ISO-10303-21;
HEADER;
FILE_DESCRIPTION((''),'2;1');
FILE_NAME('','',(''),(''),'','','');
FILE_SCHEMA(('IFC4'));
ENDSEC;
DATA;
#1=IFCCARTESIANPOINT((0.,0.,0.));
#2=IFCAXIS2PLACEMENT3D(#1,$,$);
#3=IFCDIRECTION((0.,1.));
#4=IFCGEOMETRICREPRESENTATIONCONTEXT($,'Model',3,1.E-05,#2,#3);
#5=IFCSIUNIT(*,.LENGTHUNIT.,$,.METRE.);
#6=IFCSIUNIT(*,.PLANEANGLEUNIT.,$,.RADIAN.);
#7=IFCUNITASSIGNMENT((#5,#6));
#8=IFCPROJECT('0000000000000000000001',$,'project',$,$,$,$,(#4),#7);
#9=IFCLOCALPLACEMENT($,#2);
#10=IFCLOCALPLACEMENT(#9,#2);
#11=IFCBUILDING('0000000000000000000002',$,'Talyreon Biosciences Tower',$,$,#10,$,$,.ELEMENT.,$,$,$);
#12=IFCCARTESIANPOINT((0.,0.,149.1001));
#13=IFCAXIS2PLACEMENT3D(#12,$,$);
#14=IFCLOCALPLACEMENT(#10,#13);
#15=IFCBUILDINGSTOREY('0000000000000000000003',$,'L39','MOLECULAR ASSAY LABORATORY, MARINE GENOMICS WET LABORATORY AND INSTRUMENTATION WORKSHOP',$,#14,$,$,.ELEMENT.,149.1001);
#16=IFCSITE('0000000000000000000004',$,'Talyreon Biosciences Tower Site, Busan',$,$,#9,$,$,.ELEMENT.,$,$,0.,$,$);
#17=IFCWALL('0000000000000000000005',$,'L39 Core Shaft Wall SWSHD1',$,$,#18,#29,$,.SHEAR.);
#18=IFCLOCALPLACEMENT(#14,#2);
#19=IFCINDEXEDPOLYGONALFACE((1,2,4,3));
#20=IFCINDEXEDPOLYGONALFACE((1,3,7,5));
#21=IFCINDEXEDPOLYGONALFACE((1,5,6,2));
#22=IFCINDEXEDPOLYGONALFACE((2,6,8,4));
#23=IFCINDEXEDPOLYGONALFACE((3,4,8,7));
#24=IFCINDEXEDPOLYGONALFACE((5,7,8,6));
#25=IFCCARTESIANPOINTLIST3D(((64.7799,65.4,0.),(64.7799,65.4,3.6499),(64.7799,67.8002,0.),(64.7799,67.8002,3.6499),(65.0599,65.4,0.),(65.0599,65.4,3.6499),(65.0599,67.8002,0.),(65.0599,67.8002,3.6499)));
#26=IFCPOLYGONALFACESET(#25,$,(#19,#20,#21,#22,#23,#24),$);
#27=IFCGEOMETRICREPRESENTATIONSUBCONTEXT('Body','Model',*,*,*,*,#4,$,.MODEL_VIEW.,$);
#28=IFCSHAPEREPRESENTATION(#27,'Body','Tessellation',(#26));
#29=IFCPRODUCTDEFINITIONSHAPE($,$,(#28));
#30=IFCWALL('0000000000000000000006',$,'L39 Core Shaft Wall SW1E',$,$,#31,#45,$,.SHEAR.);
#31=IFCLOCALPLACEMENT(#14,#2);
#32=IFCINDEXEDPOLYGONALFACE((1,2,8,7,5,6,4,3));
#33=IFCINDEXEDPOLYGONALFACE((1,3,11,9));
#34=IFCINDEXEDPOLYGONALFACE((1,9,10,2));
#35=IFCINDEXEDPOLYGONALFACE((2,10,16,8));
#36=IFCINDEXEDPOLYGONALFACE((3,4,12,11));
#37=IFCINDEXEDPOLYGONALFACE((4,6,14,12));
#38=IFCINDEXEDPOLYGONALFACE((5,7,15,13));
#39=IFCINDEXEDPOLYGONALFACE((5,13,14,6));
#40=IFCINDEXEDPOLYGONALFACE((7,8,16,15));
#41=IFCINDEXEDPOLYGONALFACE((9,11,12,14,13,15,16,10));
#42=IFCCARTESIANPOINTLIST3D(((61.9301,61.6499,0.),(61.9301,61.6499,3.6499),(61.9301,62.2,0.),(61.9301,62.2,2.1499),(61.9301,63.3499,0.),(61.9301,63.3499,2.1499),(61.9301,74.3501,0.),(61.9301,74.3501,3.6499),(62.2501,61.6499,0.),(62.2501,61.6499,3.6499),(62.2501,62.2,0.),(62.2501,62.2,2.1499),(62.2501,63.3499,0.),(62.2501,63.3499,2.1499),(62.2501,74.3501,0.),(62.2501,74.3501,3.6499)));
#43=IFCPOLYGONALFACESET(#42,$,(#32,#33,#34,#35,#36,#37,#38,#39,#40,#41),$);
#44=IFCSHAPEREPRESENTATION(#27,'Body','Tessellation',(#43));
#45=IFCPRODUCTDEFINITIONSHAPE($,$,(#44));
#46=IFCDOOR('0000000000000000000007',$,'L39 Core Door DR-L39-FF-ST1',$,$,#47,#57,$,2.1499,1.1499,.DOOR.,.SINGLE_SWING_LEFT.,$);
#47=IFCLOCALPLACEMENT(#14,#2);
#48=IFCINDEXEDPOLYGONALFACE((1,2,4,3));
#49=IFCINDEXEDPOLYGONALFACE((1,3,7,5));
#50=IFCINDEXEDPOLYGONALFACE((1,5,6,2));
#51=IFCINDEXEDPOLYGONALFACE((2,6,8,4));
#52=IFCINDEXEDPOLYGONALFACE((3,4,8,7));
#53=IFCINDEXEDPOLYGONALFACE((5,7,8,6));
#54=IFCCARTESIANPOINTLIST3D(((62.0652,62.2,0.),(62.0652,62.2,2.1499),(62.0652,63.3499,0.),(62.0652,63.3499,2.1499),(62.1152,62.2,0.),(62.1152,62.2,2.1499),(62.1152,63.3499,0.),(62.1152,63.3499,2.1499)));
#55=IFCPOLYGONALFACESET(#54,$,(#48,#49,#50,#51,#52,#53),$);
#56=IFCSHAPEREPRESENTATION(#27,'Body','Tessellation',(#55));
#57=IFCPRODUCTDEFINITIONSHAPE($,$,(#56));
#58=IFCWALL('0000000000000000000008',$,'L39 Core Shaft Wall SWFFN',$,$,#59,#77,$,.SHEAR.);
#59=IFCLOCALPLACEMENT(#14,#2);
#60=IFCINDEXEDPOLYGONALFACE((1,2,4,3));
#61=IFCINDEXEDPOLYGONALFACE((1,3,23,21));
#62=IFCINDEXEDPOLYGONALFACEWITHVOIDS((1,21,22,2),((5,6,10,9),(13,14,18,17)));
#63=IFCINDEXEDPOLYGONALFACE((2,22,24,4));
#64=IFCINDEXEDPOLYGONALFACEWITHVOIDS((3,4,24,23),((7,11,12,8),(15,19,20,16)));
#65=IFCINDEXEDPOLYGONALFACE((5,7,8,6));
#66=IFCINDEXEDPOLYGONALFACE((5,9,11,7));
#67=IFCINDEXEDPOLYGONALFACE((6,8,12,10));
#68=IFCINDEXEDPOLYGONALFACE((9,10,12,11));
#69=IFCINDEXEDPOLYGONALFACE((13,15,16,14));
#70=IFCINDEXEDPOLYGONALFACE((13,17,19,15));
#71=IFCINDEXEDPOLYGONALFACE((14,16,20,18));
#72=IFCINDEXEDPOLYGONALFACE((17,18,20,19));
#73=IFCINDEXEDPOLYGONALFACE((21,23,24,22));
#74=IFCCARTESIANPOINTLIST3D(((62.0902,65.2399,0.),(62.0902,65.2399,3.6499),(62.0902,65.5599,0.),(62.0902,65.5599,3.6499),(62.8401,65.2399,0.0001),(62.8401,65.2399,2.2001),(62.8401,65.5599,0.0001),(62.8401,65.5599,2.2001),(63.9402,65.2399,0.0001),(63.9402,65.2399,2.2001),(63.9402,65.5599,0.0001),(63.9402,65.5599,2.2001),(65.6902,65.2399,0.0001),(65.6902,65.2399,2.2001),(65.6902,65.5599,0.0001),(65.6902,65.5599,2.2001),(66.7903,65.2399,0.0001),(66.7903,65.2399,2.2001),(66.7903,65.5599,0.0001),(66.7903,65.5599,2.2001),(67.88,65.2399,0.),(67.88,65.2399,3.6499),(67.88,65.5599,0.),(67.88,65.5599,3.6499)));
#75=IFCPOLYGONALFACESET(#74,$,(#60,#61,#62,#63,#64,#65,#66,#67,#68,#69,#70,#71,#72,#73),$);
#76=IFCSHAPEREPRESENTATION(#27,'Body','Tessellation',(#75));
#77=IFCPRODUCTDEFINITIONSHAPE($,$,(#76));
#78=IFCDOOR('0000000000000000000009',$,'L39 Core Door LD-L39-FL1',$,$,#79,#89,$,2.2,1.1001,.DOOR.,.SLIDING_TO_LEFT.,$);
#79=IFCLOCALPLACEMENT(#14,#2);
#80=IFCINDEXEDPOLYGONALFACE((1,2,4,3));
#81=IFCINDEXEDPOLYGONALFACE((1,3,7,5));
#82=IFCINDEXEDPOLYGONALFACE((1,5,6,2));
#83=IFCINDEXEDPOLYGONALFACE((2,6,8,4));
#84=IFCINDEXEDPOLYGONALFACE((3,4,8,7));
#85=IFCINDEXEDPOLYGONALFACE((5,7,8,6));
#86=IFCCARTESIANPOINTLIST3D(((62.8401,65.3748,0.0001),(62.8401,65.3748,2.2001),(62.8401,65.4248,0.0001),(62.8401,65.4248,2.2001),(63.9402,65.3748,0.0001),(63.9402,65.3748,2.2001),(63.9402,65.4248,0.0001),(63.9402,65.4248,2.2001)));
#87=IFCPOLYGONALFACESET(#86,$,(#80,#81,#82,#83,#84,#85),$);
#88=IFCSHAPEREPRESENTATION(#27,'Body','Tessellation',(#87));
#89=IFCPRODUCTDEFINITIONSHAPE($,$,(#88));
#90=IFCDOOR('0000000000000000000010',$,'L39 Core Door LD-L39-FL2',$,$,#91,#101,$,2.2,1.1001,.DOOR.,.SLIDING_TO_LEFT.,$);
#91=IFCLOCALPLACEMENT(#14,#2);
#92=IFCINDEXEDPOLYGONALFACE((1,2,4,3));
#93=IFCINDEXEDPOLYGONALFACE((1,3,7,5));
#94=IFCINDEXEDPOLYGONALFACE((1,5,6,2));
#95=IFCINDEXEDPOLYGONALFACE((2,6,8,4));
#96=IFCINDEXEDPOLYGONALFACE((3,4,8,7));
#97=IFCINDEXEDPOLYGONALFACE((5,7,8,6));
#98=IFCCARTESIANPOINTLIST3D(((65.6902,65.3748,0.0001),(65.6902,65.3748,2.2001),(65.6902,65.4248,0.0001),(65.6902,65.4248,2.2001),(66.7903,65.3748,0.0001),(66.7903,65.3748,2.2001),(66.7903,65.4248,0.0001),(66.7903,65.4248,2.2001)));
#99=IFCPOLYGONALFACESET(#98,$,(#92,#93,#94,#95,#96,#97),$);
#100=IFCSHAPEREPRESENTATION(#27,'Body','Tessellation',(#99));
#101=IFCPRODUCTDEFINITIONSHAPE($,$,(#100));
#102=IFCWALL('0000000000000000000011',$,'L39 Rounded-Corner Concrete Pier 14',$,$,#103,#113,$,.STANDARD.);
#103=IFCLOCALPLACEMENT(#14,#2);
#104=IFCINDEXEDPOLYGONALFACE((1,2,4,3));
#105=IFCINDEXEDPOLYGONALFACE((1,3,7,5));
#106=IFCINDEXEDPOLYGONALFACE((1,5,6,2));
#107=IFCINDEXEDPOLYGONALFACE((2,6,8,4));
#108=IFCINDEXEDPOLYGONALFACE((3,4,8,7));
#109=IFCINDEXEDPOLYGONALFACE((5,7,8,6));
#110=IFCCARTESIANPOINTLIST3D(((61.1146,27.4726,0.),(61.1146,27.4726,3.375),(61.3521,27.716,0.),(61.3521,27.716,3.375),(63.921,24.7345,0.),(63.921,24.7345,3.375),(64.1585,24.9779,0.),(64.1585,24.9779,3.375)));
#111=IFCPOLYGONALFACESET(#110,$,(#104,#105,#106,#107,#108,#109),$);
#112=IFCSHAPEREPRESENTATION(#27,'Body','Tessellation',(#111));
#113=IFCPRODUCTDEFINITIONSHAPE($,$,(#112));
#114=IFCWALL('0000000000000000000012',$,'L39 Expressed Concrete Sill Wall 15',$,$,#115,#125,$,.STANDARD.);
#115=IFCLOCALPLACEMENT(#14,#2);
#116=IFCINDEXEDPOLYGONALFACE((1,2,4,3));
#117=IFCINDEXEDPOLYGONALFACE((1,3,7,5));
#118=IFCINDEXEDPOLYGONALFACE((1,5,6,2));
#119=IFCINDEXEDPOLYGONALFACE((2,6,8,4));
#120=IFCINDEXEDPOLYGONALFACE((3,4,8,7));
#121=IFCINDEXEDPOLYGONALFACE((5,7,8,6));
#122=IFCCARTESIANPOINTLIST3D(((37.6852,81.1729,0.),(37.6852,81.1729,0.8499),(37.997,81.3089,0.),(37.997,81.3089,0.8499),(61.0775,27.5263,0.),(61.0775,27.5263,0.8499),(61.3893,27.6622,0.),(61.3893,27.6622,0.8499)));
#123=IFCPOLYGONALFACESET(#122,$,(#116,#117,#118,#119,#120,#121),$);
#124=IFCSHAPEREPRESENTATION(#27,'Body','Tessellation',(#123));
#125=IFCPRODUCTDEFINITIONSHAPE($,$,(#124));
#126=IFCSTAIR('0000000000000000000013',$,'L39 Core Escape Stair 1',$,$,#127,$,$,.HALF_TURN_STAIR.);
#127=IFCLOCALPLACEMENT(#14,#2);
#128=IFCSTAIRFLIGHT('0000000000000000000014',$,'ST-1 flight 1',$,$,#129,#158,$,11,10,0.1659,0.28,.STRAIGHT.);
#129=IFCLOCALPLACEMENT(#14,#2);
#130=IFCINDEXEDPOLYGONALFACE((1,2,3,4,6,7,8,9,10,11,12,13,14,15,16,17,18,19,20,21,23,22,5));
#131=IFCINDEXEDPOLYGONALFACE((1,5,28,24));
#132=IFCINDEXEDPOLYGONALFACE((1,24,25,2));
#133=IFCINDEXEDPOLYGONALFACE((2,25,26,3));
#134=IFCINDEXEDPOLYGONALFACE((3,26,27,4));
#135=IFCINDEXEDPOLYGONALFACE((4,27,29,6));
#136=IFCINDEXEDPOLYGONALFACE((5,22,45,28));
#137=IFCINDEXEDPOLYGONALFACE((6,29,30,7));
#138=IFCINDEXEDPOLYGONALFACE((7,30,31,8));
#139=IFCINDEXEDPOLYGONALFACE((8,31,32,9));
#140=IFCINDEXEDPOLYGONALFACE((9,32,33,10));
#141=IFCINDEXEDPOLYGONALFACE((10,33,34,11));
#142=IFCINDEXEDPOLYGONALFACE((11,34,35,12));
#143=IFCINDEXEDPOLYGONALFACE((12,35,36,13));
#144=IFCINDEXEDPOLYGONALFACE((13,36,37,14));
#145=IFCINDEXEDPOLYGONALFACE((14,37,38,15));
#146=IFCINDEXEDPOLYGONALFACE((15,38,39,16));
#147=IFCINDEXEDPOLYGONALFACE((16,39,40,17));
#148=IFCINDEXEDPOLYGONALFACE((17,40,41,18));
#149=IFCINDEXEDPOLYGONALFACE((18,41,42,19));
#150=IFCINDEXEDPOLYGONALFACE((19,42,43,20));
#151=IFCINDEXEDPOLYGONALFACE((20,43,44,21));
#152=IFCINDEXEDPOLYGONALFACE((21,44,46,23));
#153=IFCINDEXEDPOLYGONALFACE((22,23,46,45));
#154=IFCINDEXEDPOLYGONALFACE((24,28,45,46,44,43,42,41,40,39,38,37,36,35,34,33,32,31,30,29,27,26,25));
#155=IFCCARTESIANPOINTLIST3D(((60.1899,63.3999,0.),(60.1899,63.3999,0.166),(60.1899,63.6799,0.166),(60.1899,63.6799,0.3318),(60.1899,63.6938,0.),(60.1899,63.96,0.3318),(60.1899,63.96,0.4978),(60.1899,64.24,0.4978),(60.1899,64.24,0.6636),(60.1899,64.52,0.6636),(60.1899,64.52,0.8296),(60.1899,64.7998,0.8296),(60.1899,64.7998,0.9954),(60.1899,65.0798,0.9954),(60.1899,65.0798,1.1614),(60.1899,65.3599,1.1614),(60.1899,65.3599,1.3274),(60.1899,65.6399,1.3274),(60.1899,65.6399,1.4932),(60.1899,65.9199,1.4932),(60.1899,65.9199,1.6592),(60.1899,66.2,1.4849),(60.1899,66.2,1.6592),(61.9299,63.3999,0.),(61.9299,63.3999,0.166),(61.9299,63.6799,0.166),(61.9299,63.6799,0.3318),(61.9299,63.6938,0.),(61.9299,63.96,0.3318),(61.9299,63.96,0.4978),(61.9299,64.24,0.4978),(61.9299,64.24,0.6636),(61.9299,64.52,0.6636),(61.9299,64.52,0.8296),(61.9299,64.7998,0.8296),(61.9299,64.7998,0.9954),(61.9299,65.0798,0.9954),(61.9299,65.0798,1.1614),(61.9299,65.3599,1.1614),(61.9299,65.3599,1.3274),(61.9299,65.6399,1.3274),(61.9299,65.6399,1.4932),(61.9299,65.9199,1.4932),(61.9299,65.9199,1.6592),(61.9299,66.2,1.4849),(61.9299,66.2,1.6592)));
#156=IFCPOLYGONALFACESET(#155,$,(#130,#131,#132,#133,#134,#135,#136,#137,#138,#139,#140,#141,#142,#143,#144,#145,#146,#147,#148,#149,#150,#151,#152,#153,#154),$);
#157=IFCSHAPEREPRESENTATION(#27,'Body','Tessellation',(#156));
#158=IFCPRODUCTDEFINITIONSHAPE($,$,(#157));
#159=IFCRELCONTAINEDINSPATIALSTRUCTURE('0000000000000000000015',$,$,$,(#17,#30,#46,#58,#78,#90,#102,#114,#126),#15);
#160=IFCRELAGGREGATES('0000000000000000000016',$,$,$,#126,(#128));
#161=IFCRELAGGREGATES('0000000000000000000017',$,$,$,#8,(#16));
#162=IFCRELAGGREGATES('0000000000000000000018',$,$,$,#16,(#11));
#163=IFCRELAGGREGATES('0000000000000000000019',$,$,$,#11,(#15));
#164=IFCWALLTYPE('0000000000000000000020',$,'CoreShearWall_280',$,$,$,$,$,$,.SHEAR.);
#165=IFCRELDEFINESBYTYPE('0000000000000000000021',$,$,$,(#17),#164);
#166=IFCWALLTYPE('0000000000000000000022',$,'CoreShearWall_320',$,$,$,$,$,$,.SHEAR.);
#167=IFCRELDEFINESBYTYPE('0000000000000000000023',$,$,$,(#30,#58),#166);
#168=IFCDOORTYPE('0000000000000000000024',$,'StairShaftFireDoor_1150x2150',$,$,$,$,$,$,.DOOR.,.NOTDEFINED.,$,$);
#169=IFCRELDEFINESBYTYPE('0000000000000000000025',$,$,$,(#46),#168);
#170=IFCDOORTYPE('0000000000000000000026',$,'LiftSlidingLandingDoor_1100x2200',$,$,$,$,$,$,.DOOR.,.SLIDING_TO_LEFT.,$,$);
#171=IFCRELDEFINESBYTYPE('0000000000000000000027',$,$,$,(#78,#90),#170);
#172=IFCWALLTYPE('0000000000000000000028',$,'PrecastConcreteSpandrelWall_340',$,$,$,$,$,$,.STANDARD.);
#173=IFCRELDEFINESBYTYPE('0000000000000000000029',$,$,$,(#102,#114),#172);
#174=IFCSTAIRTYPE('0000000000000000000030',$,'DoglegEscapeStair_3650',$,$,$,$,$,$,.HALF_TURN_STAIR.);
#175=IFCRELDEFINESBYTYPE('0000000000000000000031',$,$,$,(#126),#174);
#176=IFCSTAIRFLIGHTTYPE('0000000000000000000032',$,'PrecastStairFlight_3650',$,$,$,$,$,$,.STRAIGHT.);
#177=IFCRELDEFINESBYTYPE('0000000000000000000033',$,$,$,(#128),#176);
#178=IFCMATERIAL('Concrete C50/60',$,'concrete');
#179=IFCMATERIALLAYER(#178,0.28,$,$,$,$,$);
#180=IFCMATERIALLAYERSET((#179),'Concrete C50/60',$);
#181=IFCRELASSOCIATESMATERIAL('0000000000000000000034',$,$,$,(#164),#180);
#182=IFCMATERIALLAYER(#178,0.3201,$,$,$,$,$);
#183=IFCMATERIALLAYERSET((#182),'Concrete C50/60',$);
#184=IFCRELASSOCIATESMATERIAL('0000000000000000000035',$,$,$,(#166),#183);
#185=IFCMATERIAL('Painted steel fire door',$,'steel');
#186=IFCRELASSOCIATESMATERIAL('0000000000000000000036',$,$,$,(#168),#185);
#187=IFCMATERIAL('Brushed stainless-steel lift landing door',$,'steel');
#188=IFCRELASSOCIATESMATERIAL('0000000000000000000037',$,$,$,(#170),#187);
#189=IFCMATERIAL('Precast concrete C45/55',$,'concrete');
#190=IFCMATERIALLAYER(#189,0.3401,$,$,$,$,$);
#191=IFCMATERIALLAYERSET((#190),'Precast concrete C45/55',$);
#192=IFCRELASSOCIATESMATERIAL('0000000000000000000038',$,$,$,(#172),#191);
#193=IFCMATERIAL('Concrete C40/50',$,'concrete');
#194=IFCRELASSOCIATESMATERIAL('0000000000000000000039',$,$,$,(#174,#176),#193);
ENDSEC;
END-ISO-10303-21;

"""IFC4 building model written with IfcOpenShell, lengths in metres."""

from ifc_helpers import new_model, si_unit, direction, frame, frame_2d, origin, place, context, subcontext, project, spatial, polyline, rectangle, outline, extrude, material, layer, layer_set, type_object, element, fill, aggregate, save


model = new_model("IFC4")

# Units and contexts
model_context = context("Model", 3, precision=1e-05, world=origin(), true_north=direction((0.0, 1.0)))
body_context = subcontext(model_context, "Body", "Model", "MODEL_VIEW")
ifc_project = project(units=[si_unit("LENGTHUNIT", "METRE"), si_unit("PLANEANGLEUNIT", "RADIAN")], contexts=[model_context])

# Site, building, storey
site_placement = place(None, origin())
site = spatial("IfcSite", under=ifc_project, at=site_placement, Name="Talyreon Biosciences Tower Site, Busan", CompositionType="ELEMENT", RefElevation=0.0)
building_placement = place(site_placement, origin())
building = spatial("IfcBuilding", under=site, at=building_placement, Name="Talyreon Biosciences Tower", CompositionType="ELEMENT")
storey_placement = place(building_placement, frame((0.0, 0.0, 149.1001)))
storey = spatial("IfcBuildingStorey", under=building, at=storey_placement, Name="L39", Description="MOLECULAR ASSAY LABORATORY, MARINE GENOMICS WET LABORATORY AND INSTRUMENTATION WORKSHOP", CompositionType="ELEMENT", Elevation=149.1001)

# Shared definitions
ifc_material_1 = material(Name="Concrete C50/60", Category="concrete")

# Shared definitions
ifc_material_2 = material(Name="Precast concrete C45/55", Category="concrete")

# Wall
ifc_layer_1 = layer(ifc_material_1, 0.28)
ifc_layer_set_1 = layer_set([ifc_layer_1], Name="Concrete C50/60")
wall_type_1 = type_object("IfcWallType", Name="CoreShearWall_280", PredefinedType="SHEAR", material=ifc_layer_set_1)
wall_1_placement = place(storey_placement, frame((64.9199, 65.3999, 0.0), z_axis=(0.0, 0.0, 1.0), x_axis=(0.0, 1.0, 0.0)))
element("IfcWall", 1, at=wall_1_placement, inside=storey, type_object=wall_type_1, Name="L39 Core Shaft Wall SWSHD1", PredefinedType="SHEAR", context=body_context, shape_type="SweptSolid", body=[
    extrude(rectangle(XDim=2.4001, YDim=0.28, at=frame_2d((1.2002, 0.0))), origin(), (0.0, 0.0, 1.0), 3.6499),
])

# Wall, opening, door
ifc_layer_2 = layer(ifc_material_1, 0.3201)
ifc_layer_set_2 = layer_set([ifc_layer_2], Name="Concrete C50/60")
wall_type_2 = type_object("IfcWallType", Name="CoreShearWall_320", PredefinedType="SHEAR", material=ifc_layer_set_2)
wall_2_placement = place(storey_placement, frame((62.0901, 61.6499, 0.0), z_axis=(0.0, 0.0, 1.0), x_axis=(0.0, 1.0, 0.0)))
wall_2 = element("IfcWall", 2, at=wall_2_placement, inside=storey, type_object=wall_type_2, Name="L39 Core Shaft Wall SW1E", PredefinedType="SHEAR", context=body_context, shape_type="SweptSolid", body=[
    extrude(rectangle(XDim=12.7002, YDim=0.3201, at=frame_2d((6.3501, 0.0))), origin(), (0.0, 0.0, 1.0), 3.6499),
])
opening_1_placement = place(wall_2_placement, frame((0.55, 0.0, 0.0)))
opening_1 = element("IfcOpeningElement", 3, at=opening_1_placement, cuts=wall_2, PredefinedType="OPENING", context=body_context, shape_type="SweptSolid", body=[
    extrude(rectangle(XDim=1.1499, YDim=2.1499, at=frame_2d((0.575, 1.075))), frame((0.0, 0.1699, 0.0), z_axis=(0.0, -1.0, 0.0), x_axis=(1.0, 0.0, 0.0)), (0.0, 0.0, 1.0), 0.3401),
])
ifc_material_3 = material(Name="Painted steel fire door", Category="steel")
door_type_1 = type_object("IfcDoorType", Name="StairShaftFireDoor_1150x2150", OperationType="NOTDEFINED", PredefinedType="DOOR", material=ifc_material_3)
door_1_placement = place(opening_1_placement, origin())
door_1 = element("IfcDoor", 4, at=door_1_placement, inside=storey, type_object=door_type_1, Name="L39 Core Door DR-L39-FF-ST1", OperationType="SINGLE_SWING_LEFT", OverallHeight=2.1499, OverallWidth=1.1499, PredefinedType="DOOR", context=body_context, shape_type="SweptSolid", body=[
    extrude(rectangle(XDim=1.1499, YDim=2.1499, at=frame_2d((0.575, 1.075))), frame((0.0, 0.0249, 0.0), z_axis=(0.0, -1.0, 0.0), x_axis=(1.0, 0.0, 0.0)), (0.0, 0.0, 1.0), 0.05),
])
fill(opening_1, door_1)

# Wall, openings, doors
wall_3_placement = place(storey_placement, frame((62.0901, 65.3999, 0.0), z_axis=(0.0, 0.0, 1.0), x_axis=(1.0, 0.0, 0.0)))
wall_3 = element("IfcWall", 5, at=wall_3_placement, inside=storey, type_object=wall_type_2, Name="L39 Core Shaft Wall SWFFN", PredefinedType="SHEAR", context=body_context, shape_type="SweptSolid", body=[
    extrude(rectangle(XDim=5.7898, YDim=0.3201, at=frame_2d((2.895, 0.0))), origin(), (0.0, 0.0, 1.0), 3.6499),
])
opening_2_placement = place(wall_3_placement, frame((0.75, 0.0, 0.0)))
opening_2 = element("IfcOpeningElement", 6, at=opening_2_placement, cuts=wall_3, PredefinedType="OPENING", context=body_context, shape_type="SweptSolid", body=[
    extrude(rectangle(XDim=1.1001, YDim=2.2, at=frame_2d((0.55, 1.1001))), frame((0.0, 0.1699, 0.0), z_axis=(0.0, -1.0, 0.0), x_axis=(1.0, 0.0, 0.0)), (0.0, 0.0, 1.0), 0.3401),
])
opening_3_placement = place(wall_3_placement, frame((3.6001, 0.0, 0.0)))
opening_3 = element("IfcOpeningElement", 7, at=opening_3_placement, cuts=wall_3, PredefinedType="OPENING", context=body_context, shape_type="SweptSolid", body=[
    extrude(rectangle(XDim=1.1001, YDim=2.2, at=frame_2d((0.55, 1.1001))), frame((0.0, 0.1699, 0.0), z_axis=(0.0, -1.0, 0.0), x_axis=(1.0, 0.0, 0.0)), (0.0, 0.0, 1.0), 0.3401),
])
ifc_material_4 = material(Name="Brushed stainless-steel lift landing door", Category="steel")
door_type_2 = type_object("IfcDoorType", Name="LiftSlidingLandingDoor_1100x2200", OperationType="SLIDING_TO_LEFT", PredefinedType="DOOR", material=ifc_material_4)
door_2_placement = place(opening_2_placement, origin())
door_2 = element("IfcDoor", 8, at=door_2_placement, inside=storey, type_object=door_type_2, Name="L39 Core Door LD-L39-FL1", OperationType="SLIDING_TO_LEFT", OverallHeight=2.2, OverallWidth=1.1001, PredefinedType="DOOR", context=body_context, shape_type="SweptSolid", body=[
    extrude(rectangle(XDim=1.1001, YDim=2.2, at=frame_2d((0.55, 1.1001))), frame((0.0, 0.0249, 0.0), z_axis=(0.0, -1.0, 0.0), x_axis=(1.0, 0.0, 0.0)), (0.0, 0.0, 1.0), 0.05),
])
fill(opening_2, door_2)
door_3_placement = place(opening_3_placement, origin())
door_3 = element("IfcDoor", 9, at=door_3_placement, inside=storey, type_object=door_type_2, Name="L39 Core Door LD-L39-FL2", OperationType="SLIDING_TO_LEFT", OverallHeight=2.2, OverallWidth=1.1001, PredefinedType="DOOR", context=body_context, shape_type="SweptSolid", body=[
    extrude(rectangle(XDim=1.1001, YDim=2.2, at=frame_2d((0.55, 1.1001))), frame((0.0, 0.0249, 0.0), z_axis=(0.0, -1.0, 0.0), x_axis=(1.0, 0.0, 0.0)), (0.0, 0.0, 1.0), 0.05),
])
fill(opening_3, door_3)

# Walls
ifc_layer_3 = layer(ifc_material_2, 0.3401)
ifc_layer_set_3 = layer_set([ifc_layer_3], Name="Precast concrete C45/55")
wall_type_3 = type_object("IfcWallType", Name="PrecastConcreteSpandrelWall_340", PredefinedType="STANDARD", material=ifc_layer_set_3)
wall_4_placement = place(storey_placement, frame((64.0398, 24.8562, 0.0), z_axis=(0.0, 0.0, 1.0), x_axis=(-0.715771, 0.698336, 0.0)))
element("IfcWall", 10, at=wall_4_placement, inside=storey, type_object=wall_type_3, Name="L39 Rounded-Corner Concrete Pier 14", PredefinedType="STANDARD", context=body_context, shape_type="SweptSolid", body=[
    extrude(rectangle(XDim=3.9209, YDim=0.3401, at=frame_2d((1.9604, 0.0))), origin(), (0.0, 0.0, 1.0), 3.375),
])
wall_5_placement = place(storey_placement, frame((61.2334, 27.5942, 0.0), z_axis=(0.0, 0.0, 1.0), x_axis=(-0.399698, 0.916647, 0.0)))
element("IfcWall", 11, at=wall_5_placement, inside=storey, type_object=wall_type_3, Name="L39 Expressed Concrete Sill Wall 15", PredefinedType="STANDARD", context=body_context, shape_type="SweptSolid", body=[
    extrude(rectangle(XDim=58.5249, YDim=0.3401, at=frame_2d((29.2625, 0.0))), origin(), (0.0, 0.0, 1.0), 0.8499),
])

# Stair, stair flight
ifc_material_5 = material(Name="Concrete C40/50", Category="concrete")
stair_type = type_object("IfcStairType", Name="DoglegEscapeStair_3650", PredefinedType="HALF_TURN_STAIR", material=ifc_material_5)
stair_placement = place(storey_placement, origin())
stair = element("IfcStair", 12, at=stair_placement, inside=storey, type_object=stair_type, Name="L39 Core Escape Stair 1", PredefinedType="HALF_TURN_STAIR")
stair_flight_type = type_object("IfcStairFlightType", Name="PrecastStairFlight_3650", PredefinedType="STRAIGHT", material=ifc_material_5)
stair_flight_placement = place(storey_placement, frame((61.0601, 63.3999, 0.0), z_axis=(0.0, 0.0, 1.0), x_axis=(0.0, 1.0, 0.0)))
stair_flight = element("IfcStairFlight", 13, at=stair_flight_placement, type_object=stair_flight_type, Name="ST-1 flight 1", NumberOfRisers=11, NumberOfTreads=10, PredefinedType="STRAIGHT", RiserHeight=0.1659, TreadLength=0.28, context=body_context, shape_type="SweptSolid", body=[
    extrude(outline(polyline([(0.0, 0.0), (0.0, 0.166), (0.28, 0.166), (0.28, 0.3318), (0.5601, 0.3318), (0.5601, 0.4978), (0.8401, 0.4978), (0.8401, 0.6636), (1.1201, 0.6636), (1.1201, 0.8296), (1.3999, 0.8296), (1.3999, 0.9954), (1.6799, 0.9954), (1.6799, 1.1614), (1.96, 1.1614), (1.96, 1.3274), (2.24, 1.3274), (2.24, 1.4932), (2.52, 1.4932), (2.52, 1.6592), (2.8, 1.6592), (2.8, 1.825), (2.8, 1.4849), (0.2939, 0.0), (0.0, 0.0)])), frame((0.0, 0.8701, 0.0), z_axis=(0.0, -1.0, 0.0), x_axis=(1.0, 0.0, 0.0)), (0.0, 0.0, 1.0), 1.74),
])
aggregate(stair, [stair_flight])

save(model, "model.ifc")
